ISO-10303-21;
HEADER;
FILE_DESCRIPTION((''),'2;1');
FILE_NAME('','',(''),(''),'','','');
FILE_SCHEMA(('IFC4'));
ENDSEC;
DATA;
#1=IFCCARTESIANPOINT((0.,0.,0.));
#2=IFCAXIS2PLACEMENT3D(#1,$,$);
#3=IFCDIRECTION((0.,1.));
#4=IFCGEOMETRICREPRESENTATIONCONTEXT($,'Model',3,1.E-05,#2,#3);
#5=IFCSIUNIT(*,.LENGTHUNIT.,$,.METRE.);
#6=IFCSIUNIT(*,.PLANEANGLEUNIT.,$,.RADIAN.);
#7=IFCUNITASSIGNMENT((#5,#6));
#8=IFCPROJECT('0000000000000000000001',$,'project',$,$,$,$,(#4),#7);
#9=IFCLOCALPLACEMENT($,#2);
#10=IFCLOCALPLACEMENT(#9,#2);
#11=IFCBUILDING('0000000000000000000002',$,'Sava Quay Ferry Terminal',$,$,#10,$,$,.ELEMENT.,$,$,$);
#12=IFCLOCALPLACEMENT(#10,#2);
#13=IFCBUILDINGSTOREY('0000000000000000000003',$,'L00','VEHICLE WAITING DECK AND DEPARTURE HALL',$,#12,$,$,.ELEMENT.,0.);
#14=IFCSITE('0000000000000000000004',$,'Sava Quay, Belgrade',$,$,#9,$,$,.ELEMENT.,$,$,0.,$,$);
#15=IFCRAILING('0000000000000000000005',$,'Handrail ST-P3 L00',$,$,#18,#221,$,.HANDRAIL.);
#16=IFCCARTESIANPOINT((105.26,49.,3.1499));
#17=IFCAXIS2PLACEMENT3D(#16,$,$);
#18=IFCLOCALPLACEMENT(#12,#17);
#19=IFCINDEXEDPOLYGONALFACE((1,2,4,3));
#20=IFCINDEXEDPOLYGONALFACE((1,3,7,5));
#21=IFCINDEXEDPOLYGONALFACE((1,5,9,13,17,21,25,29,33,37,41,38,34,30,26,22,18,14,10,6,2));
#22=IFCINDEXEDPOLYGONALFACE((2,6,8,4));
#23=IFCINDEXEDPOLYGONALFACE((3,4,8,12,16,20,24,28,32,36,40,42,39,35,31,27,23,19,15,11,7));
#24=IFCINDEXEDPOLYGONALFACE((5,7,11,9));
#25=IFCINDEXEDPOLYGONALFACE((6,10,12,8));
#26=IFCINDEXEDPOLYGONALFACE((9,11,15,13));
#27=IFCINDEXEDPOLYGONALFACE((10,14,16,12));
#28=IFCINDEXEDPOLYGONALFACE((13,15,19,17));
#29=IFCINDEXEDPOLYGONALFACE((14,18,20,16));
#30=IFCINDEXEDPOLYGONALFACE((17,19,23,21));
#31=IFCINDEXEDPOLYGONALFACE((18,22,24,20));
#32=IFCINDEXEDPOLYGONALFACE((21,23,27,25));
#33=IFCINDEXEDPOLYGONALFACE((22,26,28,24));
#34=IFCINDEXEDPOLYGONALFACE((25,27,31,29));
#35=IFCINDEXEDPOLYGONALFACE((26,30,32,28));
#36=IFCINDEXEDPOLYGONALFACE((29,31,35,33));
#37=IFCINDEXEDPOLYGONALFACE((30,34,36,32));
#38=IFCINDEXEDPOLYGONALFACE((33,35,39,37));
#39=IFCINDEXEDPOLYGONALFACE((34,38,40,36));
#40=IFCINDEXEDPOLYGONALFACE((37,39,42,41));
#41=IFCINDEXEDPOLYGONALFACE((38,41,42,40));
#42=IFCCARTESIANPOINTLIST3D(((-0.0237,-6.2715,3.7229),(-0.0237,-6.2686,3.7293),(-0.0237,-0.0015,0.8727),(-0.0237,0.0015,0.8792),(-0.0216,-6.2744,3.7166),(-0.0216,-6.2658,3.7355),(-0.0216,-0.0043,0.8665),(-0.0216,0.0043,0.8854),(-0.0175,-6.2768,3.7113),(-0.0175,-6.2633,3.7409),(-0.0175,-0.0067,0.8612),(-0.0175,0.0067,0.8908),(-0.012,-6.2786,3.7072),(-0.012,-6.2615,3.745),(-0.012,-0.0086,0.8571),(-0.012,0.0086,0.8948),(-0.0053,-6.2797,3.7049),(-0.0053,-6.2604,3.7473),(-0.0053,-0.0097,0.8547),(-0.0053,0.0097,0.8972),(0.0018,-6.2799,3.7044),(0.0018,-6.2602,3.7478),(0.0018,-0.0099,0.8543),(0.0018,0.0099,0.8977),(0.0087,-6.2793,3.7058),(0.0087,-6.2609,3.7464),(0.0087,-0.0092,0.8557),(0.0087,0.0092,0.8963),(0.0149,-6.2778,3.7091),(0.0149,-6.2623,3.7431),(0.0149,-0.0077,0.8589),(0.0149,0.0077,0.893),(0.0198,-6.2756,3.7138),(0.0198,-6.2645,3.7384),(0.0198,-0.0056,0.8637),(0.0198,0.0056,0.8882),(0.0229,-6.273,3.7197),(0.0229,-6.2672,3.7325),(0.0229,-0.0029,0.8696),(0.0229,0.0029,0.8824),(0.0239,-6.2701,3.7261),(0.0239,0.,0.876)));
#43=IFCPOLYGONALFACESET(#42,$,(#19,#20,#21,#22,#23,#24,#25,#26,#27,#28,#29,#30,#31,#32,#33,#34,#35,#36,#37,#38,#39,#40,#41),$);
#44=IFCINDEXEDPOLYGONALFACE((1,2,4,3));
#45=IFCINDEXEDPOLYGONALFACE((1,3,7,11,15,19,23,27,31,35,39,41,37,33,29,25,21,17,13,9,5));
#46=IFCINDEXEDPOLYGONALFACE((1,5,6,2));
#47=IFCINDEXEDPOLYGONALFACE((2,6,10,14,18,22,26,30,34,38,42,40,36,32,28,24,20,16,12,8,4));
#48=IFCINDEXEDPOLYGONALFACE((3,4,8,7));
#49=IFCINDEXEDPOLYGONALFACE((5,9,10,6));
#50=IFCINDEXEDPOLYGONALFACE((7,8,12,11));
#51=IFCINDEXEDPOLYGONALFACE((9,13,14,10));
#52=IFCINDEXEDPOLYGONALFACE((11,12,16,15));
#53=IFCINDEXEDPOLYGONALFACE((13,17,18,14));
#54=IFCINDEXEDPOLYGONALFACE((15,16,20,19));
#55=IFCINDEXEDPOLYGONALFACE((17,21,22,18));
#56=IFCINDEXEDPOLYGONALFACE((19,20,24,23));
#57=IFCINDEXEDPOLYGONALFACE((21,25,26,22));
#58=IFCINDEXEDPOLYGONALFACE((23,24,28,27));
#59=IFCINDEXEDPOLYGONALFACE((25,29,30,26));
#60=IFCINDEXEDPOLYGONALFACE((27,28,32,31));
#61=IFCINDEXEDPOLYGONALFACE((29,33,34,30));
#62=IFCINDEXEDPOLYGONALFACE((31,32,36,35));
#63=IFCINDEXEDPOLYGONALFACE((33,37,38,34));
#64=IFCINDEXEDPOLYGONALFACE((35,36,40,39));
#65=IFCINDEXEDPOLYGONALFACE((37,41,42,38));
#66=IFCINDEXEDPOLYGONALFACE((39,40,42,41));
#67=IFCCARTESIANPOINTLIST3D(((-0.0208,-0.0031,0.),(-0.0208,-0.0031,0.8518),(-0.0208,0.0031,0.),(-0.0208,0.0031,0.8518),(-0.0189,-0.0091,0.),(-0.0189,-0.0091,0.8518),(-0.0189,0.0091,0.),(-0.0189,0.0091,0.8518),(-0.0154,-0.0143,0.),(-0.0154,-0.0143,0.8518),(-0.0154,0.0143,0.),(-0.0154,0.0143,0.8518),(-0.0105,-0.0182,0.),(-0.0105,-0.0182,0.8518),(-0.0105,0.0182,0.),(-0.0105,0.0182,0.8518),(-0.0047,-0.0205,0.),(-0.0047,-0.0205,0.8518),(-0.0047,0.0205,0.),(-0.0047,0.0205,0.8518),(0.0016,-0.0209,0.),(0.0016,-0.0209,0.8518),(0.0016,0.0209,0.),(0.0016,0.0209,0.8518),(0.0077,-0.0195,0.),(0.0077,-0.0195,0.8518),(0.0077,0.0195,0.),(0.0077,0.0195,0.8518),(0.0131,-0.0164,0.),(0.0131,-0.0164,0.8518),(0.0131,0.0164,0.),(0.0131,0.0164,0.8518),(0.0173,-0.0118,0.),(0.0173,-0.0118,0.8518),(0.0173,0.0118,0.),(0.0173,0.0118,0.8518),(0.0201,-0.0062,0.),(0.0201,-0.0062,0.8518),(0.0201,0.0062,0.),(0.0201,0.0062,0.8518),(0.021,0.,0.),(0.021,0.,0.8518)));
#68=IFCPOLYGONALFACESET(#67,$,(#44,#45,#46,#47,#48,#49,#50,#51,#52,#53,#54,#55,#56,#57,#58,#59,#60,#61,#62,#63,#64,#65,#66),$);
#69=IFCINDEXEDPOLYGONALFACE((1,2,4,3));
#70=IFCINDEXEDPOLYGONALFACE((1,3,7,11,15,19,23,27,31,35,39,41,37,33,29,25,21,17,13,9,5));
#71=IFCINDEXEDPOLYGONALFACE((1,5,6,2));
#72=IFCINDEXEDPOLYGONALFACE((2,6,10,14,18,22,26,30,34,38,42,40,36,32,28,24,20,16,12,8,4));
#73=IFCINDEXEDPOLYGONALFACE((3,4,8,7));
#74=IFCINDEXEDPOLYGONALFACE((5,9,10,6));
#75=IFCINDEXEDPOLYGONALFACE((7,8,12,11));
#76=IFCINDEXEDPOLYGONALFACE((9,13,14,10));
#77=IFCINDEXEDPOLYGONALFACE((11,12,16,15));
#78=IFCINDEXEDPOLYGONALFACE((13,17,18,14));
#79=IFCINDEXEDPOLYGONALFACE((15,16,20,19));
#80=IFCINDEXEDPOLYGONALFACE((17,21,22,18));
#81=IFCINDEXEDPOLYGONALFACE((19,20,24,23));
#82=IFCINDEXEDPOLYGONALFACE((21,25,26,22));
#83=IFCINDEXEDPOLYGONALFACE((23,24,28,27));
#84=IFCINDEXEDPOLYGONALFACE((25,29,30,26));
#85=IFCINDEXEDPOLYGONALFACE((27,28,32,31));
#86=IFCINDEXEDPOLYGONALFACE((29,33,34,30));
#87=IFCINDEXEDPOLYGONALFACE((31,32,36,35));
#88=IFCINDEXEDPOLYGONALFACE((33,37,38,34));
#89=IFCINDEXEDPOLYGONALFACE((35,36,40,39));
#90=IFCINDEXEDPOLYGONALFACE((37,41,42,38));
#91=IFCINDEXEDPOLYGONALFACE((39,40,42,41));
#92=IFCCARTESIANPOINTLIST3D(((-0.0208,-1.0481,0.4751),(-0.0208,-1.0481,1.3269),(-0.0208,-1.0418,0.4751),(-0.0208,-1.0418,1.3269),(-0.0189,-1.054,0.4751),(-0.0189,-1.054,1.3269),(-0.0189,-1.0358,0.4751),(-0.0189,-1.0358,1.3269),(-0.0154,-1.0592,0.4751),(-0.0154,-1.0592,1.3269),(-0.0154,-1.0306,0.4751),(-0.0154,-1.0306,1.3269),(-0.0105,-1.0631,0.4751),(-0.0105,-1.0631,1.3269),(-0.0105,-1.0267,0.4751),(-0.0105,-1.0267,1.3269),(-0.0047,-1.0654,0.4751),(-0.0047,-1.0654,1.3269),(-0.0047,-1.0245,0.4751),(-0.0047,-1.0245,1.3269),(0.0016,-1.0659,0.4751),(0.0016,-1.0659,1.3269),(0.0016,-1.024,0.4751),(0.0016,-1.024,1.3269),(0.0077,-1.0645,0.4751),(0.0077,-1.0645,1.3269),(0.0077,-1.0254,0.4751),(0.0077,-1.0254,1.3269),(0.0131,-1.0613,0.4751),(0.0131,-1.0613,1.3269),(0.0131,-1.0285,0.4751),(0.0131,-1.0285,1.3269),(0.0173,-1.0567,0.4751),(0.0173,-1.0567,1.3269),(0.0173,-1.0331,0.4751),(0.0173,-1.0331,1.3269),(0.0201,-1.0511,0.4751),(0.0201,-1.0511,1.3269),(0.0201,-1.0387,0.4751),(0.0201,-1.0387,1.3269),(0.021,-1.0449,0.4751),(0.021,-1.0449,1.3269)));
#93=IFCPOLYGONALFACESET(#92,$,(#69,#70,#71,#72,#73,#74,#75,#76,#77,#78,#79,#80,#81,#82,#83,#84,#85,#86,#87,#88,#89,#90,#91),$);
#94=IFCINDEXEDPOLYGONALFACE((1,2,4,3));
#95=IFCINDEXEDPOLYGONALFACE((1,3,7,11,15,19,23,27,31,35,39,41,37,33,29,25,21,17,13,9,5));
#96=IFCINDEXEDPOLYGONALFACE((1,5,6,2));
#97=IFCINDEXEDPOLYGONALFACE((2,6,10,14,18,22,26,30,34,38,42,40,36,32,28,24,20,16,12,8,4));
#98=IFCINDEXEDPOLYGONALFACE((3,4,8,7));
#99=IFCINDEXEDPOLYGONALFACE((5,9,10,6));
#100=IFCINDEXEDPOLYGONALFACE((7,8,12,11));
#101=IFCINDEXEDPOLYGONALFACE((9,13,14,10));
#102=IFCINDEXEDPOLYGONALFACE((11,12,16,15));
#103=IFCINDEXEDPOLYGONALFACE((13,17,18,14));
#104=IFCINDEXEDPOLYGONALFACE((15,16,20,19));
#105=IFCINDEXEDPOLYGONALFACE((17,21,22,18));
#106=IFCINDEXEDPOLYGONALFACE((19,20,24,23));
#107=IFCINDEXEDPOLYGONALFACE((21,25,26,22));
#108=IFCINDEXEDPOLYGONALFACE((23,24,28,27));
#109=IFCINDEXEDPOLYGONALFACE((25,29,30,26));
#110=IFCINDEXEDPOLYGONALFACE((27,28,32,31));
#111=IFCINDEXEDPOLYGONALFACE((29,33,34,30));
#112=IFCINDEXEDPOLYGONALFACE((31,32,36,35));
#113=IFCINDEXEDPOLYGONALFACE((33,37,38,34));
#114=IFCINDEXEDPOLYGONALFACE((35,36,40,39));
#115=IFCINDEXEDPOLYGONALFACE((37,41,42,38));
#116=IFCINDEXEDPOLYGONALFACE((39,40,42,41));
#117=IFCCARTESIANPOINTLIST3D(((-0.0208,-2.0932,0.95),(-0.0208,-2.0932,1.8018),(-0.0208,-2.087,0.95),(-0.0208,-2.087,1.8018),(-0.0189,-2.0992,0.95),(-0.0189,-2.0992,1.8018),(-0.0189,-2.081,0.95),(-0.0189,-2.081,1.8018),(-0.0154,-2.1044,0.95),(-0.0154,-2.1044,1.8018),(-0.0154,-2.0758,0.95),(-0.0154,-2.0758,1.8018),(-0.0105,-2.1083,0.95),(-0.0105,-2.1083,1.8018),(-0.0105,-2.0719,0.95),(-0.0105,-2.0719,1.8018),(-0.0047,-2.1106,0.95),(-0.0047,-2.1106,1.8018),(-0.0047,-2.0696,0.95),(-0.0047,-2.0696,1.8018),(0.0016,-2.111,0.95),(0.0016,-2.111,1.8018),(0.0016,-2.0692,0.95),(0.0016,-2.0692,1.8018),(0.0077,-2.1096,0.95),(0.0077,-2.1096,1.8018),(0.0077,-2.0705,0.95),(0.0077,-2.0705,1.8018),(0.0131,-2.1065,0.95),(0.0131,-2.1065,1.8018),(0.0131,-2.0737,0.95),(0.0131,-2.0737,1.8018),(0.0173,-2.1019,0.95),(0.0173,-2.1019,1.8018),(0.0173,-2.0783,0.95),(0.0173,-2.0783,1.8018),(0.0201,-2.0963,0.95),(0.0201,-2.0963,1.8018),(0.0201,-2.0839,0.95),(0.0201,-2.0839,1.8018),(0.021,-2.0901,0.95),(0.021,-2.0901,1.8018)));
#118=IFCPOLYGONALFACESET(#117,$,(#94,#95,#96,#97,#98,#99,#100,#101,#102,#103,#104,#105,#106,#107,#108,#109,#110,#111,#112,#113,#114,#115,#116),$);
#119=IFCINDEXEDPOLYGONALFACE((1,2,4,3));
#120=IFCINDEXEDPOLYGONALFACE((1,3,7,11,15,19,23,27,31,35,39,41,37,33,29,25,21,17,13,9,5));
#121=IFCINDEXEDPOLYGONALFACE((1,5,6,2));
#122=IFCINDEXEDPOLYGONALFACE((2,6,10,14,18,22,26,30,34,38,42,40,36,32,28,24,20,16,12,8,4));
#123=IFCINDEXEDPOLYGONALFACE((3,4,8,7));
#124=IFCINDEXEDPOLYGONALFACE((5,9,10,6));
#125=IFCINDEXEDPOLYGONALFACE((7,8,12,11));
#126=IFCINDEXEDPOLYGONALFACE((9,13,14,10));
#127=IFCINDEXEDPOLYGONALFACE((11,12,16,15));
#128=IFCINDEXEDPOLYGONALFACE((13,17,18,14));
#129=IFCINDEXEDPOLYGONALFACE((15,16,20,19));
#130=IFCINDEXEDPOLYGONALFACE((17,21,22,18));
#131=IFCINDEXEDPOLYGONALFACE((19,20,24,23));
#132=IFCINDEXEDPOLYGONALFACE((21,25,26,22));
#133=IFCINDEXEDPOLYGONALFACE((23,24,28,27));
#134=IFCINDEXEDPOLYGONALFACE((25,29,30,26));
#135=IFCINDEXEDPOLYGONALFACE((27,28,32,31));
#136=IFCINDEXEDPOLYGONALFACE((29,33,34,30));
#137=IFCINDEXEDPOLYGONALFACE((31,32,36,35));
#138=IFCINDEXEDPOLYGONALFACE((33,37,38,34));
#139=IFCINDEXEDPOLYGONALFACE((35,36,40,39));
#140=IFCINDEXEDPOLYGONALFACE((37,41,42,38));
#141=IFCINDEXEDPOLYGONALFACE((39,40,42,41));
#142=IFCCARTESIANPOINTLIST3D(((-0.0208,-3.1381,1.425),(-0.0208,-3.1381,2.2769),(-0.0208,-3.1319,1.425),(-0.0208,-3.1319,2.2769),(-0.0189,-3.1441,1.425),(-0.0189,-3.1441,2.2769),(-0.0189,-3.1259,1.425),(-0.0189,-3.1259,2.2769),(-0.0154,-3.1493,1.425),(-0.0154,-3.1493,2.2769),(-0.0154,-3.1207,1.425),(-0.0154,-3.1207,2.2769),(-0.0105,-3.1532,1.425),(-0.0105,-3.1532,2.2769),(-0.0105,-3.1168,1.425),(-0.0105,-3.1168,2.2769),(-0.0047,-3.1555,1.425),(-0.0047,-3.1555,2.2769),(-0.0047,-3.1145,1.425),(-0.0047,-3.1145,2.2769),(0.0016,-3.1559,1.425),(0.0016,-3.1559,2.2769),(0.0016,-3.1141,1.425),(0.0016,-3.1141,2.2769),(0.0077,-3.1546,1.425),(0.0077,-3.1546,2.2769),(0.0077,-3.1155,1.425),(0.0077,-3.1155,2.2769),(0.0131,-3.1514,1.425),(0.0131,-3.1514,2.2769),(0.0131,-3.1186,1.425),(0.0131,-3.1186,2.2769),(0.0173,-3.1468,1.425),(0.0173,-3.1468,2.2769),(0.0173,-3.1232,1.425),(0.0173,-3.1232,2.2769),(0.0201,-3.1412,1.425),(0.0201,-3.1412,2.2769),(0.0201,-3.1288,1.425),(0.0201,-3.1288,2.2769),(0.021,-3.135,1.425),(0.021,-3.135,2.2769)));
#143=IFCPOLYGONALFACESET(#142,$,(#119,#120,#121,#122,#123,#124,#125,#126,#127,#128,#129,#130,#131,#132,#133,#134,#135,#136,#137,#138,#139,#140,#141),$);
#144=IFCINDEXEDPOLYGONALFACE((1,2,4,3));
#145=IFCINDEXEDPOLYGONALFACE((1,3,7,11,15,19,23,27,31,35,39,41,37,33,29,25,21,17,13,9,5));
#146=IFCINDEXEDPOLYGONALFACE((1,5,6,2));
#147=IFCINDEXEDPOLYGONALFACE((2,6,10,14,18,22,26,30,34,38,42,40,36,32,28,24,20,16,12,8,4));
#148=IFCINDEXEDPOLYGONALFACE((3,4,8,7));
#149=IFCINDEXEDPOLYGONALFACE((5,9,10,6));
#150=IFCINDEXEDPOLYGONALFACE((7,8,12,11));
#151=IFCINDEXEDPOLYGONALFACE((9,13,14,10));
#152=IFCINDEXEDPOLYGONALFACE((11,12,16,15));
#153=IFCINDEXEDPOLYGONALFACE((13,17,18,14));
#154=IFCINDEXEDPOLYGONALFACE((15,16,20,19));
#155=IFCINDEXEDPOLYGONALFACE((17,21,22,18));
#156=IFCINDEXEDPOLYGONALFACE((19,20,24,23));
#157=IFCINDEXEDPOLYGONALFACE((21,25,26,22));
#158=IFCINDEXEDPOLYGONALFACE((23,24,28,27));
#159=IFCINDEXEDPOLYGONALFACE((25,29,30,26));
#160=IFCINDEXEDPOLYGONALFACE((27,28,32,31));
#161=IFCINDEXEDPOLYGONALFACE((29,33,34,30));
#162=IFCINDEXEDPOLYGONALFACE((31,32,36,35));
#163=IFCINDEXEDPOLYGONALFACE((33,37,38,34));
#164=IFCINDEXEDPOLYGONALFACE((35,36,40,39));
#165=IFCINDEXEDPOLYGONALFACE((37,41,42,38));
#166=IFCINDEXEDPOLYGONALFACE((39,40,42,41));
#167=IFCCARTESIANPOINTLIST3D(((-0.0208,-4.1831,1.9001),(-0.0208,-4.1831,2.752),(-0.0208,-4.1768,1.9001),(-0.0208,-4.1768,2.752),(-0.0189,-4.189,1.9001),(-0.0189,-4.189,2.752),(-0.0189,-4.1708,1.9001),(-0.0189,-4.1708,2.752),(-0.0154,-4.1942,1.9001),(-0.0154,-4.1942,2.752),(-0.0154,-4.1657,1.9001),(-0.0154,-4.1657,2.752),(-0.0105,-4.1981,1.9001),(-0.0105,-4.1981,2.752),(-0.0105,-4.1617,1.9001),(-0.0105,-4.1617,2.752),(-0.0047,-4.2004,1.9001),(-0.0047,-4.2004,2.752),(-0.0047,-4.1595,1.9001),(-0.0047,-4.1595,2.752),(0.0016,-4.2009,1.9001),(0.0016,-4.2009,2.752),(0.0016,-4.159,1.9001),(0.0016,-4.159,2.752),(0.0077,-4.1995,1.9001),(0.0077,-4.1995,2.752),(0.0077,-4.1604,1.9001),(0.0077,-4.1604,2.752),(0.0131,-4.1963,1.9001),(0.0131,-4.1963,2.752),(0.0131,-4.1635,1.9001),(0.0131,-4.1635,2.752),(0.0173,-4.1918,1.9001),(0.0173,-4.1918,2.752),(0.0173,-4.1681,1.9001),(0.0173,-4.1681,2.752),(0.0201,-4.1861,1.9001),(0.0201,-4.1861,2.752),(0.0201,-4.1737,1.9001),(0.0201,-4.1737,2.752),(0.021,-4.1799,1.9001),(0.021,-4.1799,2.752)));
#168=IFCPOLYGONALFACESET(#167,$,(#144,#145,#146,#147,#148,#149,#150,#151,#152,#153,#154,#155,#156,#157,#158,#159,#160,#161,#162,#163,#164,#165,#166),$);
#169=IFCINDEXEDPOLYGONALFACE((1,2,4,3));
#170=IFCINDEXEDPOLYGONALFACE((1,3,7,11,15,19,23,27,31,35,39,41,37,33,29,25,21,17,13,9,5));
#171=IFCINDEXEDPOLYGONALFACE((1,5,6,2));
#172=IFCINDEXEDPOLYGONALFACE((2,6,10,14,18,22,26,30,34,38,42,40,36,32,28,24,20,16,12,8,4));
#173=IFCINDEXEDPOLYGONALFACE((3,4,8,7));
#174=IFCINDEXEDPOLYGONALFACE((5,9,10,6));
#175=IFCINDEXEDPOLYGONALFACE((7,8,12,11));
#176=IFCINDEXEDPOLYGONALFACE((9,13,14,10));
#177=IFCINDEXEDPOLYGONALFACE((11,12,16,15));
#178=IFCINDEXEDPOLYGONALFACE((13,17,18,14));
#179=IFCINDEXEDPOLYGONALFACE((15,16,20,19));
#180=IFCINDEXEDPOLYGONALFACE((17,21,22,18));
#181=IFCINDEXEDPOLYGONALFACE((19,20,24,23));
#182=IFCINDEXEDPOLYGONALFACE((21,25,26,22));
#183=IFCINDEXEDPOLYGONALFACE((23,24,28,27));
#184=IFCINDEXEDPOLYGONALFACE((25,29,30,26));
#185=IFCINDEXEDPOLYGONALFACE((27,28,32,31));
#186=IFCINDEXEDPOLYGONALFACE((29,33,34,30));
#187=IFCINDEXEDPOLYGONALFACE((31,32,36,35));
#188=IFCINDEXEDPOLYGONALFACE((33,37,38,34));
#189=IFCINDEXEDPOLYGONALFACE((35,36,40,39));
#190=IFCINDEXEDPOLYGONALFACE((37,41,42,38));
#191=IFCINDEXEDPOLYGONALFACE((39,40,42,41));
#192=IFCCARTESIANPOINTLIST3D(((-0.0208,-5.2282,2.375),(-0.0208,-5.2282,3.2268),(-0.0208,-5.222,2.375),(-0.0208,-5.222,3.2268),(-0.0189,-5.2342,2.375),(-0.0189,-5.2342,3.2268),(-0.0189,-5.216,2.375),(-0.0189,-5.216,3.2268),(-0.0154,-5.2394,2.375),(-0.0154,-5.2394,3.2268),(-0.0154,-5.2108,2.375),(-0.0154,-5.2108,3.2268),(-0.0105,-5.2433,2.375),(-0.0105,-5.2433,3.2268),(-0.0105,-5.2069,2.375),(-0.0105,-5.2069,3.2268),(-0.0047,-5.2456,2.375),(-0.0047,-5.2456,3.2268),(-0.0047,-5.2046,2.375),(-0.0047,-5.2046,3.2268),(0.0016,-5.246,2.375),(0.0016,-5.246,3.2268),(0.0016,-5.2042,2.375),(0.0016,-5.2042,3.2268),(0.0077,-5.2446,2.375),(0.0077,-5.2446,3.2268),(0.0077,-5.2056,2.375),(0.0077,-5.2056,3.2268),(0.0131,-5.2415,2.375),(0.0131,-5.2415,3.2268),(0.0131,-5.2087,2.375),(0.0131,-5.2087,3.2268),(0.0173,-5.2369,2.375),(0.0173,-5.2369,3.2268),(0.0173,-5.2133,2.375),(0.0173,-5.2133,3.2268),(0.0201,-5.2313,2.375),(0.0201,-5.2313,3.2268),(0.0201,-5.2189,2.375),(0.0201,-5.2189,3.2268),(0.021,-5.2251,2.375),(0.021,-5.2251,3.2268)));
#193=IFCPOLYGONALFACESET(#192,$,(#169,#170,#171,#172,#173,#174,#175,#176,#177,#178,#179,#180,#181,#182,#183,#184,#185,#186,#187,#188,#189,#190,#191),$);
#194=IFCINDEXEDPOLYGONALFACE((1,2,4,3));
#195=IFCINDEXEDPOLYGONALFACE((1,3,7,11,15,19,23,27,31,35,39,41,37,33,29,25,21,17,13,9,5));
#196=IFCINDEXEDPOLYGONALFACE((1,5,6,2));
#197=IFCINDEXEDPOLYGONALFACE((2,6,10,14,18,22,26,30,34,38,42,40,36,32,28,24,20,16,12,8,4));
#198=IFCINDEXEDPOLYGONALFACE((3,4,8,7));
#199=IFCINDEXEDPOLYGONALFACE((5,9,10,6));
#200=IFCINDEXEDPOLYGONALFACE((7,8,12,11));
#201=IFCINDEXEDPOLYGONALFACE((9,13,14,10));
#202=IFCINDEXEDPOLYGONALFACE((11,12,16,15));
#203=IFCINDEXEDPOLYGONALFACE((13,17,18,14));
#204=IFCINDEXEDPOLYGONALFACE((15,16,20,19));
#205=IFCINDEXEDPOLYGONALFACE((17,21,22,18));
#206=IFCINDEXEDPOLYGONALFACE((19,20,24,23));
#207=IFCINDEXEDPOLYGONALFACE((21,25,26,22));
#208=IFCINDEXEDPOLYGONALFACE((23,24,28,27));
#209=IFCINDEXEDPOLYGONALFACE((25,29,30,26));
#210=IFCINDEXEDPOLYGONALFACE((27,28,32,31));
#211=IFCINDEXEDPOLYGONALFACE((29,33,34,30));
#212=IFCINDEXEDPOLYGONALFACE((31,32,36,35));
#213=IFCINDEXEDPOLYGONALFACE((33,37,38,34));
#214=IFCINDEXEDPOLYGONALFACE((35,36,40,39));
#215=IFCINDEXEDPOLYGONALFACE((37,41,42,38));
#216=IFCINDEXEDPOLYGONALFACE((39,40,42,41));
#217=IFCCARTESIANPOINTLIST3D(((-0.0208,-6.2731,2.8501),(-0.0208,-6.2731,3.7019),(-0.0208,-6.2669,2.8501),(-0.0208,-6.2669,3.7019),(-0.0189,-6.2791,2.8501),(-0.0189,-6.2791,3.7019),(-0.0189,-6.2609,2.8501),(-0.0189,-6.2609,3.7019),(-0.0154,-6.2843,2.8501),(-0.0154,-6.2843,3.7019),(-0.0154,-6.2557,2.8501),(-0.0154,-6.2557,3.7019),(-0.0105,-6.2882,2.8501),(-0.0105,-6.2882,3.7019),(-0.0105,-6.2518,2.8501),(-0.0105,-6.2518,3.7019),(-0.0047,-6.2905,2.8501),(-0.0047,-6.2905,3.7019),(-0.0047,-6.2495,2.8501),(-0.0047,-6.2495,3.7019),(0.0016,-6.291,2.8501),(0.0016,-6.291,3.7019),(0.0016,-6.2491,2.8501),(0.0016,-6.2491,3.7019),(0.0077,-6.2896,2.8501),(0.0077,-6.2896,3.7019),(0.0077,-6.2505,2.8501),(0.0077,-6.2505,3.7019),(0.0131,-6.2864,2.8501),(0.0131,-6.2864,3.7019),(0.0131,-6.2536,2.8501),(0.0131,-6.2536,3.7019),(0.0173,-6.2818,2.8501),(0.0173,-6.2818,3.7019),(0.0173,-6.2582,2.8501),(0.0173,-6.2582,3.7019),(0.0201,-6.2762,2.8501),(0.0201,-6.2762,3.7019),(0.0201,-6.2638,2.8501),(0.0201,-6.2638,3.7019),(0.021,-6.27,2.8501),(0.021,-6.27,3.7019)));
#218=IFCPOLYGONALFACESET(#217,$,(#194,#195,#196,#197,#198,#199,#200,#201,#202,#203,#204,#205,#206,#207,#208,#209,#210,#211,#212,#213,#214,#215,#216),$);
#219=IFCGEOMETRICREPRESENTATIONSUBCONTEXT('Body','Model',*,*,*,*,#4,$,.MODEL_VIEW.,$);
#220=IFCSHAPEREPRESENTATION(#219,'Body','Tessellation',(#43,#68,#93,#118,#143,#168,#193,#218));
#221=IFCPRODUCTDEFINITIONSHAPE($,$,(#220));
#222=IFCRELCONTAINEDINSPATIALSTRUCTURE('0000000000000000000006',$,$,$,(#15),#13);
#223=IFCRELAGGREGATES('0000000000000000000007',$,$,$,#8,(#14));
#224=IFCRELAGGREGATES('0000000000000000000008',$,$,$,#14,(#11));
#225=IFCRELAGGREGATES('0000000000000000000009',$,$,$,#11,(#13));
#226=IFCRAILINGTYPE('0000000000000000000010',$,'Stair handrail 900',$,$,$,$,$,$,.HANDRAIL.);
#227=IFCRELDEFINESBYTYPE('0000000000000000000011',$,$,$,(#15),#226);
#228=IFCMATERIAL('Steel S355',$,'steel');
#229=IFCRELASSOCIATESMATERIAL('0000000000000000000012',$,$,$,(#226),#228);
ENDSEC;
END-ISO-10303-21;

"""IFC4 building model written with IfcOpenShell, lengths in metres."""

from ifc_helpers import new_model, si_unit, direction, frame, origin, origin_2d, place, context, subcontext, project, spatial, circle, extrude, material, type_object, element, save


model = new_model("IFC4")

# Units and contexts
model_context = context("Model", 3, precision=1e-05, world=origin(), true_north=direction((0.0, 1.0)))
body_context = subcontext(model_context, "Body", "Model", "MODEL_VIEW")
ifc_project = project(units=[si_unit("LENGTHUNIT", "METRE"), si_unit("PLANEANGLEUNIT", "RADIAN")], contexts=[model_context])

# Site, building, storey
site_placement = place(None, origin())
site = spatial("IfcSite", under=ifc_project, at=site_placement, Name="Sava Quay, Belgrade", CompositionType="ELEMENT", RefElevation=0.0)
building_placement = place(site_placement, origin())
building = spatial("IfcBuilding", under=site, at=building_placement, Name="Sava Quay Ferry Terminal", CompositionType="ELEMENT")
storey_placement = place(building_placement, origin())
storey = spatial("IfcBuildingStorey", under=building, at=storey_placement, Name="L00", Description="VEHICLE WAITING DECK AND DEPARTURE HALL", CompositionType="ELEMENT", Elevation=0.0)

# Railing
ifc_material_1 = material(Name="Steel S355", Category="steel")
railing_type_1 = type_object("IfcRailingType", Name="Stair handrail 900", PredefinedType="HANDRAIL", material=ifc_material_1)
railing_1_placement = place(storey_placement, frame((105.26, 49.0, 3.1499)))
element("IfcRailing", 1, at=railing_1_placement, inside=storey, type_object=railing_type_1, Name="Handrail ST-P3 L00", PredefinedType="HANDRAIL", context=body_context, shape_type="SweptSolid", body=[
    extrude(circle(Radius=0.0239, at=origin_2d()), frame((0.0, 0.0, 0.876), z_axis=(0.0, -0.910362, 0.413814), x_axis=(1.0, 0.0, 0.0)), (0.0, 0.0, 1.0), 6.8875),
    extrude(circle(Radius=0.021, at=origin_2d()), origin(), (0.0, 0.0, 1.0), 0.8518),
    extrude(circle(Radius=0.021, at=origin_2d()), frame((0.0, -1.0449, 0.4751)), (0.0, 0.0, 1.0), 0.8518),
    extrude(circle(Radius=0.021, at=origin_2d()), frame((0.0, -2.0901, 0.95)), (0.0, 0.0, 1.0), 0.8518),
    extrude(circle(Radius=0.021, at=origin_2d()), frame((0.0, -3.135, 1.425)), (0.0, 0.0, 1.0), 0.8518),
    extrude(circle(Radius=0.021, at=origin_2d()), frame((0.0, -4.1799, 1.9001)), (0.0, 0.0, 1.0), 0.8518),
    extrude(circle(Radius=0.021, at=origin_2d()), frame((0.0, -5.2251, 2.375)), (0.0, 0.0, 1.0), 0.8518),
    extrude(circle(Radius=0.021, at=origin_2d()), frame((0.0, -6.27, 2.8501)), (0.0, 0.0, 1.0), 0.8518),
])

save(model, "model.ifc")
